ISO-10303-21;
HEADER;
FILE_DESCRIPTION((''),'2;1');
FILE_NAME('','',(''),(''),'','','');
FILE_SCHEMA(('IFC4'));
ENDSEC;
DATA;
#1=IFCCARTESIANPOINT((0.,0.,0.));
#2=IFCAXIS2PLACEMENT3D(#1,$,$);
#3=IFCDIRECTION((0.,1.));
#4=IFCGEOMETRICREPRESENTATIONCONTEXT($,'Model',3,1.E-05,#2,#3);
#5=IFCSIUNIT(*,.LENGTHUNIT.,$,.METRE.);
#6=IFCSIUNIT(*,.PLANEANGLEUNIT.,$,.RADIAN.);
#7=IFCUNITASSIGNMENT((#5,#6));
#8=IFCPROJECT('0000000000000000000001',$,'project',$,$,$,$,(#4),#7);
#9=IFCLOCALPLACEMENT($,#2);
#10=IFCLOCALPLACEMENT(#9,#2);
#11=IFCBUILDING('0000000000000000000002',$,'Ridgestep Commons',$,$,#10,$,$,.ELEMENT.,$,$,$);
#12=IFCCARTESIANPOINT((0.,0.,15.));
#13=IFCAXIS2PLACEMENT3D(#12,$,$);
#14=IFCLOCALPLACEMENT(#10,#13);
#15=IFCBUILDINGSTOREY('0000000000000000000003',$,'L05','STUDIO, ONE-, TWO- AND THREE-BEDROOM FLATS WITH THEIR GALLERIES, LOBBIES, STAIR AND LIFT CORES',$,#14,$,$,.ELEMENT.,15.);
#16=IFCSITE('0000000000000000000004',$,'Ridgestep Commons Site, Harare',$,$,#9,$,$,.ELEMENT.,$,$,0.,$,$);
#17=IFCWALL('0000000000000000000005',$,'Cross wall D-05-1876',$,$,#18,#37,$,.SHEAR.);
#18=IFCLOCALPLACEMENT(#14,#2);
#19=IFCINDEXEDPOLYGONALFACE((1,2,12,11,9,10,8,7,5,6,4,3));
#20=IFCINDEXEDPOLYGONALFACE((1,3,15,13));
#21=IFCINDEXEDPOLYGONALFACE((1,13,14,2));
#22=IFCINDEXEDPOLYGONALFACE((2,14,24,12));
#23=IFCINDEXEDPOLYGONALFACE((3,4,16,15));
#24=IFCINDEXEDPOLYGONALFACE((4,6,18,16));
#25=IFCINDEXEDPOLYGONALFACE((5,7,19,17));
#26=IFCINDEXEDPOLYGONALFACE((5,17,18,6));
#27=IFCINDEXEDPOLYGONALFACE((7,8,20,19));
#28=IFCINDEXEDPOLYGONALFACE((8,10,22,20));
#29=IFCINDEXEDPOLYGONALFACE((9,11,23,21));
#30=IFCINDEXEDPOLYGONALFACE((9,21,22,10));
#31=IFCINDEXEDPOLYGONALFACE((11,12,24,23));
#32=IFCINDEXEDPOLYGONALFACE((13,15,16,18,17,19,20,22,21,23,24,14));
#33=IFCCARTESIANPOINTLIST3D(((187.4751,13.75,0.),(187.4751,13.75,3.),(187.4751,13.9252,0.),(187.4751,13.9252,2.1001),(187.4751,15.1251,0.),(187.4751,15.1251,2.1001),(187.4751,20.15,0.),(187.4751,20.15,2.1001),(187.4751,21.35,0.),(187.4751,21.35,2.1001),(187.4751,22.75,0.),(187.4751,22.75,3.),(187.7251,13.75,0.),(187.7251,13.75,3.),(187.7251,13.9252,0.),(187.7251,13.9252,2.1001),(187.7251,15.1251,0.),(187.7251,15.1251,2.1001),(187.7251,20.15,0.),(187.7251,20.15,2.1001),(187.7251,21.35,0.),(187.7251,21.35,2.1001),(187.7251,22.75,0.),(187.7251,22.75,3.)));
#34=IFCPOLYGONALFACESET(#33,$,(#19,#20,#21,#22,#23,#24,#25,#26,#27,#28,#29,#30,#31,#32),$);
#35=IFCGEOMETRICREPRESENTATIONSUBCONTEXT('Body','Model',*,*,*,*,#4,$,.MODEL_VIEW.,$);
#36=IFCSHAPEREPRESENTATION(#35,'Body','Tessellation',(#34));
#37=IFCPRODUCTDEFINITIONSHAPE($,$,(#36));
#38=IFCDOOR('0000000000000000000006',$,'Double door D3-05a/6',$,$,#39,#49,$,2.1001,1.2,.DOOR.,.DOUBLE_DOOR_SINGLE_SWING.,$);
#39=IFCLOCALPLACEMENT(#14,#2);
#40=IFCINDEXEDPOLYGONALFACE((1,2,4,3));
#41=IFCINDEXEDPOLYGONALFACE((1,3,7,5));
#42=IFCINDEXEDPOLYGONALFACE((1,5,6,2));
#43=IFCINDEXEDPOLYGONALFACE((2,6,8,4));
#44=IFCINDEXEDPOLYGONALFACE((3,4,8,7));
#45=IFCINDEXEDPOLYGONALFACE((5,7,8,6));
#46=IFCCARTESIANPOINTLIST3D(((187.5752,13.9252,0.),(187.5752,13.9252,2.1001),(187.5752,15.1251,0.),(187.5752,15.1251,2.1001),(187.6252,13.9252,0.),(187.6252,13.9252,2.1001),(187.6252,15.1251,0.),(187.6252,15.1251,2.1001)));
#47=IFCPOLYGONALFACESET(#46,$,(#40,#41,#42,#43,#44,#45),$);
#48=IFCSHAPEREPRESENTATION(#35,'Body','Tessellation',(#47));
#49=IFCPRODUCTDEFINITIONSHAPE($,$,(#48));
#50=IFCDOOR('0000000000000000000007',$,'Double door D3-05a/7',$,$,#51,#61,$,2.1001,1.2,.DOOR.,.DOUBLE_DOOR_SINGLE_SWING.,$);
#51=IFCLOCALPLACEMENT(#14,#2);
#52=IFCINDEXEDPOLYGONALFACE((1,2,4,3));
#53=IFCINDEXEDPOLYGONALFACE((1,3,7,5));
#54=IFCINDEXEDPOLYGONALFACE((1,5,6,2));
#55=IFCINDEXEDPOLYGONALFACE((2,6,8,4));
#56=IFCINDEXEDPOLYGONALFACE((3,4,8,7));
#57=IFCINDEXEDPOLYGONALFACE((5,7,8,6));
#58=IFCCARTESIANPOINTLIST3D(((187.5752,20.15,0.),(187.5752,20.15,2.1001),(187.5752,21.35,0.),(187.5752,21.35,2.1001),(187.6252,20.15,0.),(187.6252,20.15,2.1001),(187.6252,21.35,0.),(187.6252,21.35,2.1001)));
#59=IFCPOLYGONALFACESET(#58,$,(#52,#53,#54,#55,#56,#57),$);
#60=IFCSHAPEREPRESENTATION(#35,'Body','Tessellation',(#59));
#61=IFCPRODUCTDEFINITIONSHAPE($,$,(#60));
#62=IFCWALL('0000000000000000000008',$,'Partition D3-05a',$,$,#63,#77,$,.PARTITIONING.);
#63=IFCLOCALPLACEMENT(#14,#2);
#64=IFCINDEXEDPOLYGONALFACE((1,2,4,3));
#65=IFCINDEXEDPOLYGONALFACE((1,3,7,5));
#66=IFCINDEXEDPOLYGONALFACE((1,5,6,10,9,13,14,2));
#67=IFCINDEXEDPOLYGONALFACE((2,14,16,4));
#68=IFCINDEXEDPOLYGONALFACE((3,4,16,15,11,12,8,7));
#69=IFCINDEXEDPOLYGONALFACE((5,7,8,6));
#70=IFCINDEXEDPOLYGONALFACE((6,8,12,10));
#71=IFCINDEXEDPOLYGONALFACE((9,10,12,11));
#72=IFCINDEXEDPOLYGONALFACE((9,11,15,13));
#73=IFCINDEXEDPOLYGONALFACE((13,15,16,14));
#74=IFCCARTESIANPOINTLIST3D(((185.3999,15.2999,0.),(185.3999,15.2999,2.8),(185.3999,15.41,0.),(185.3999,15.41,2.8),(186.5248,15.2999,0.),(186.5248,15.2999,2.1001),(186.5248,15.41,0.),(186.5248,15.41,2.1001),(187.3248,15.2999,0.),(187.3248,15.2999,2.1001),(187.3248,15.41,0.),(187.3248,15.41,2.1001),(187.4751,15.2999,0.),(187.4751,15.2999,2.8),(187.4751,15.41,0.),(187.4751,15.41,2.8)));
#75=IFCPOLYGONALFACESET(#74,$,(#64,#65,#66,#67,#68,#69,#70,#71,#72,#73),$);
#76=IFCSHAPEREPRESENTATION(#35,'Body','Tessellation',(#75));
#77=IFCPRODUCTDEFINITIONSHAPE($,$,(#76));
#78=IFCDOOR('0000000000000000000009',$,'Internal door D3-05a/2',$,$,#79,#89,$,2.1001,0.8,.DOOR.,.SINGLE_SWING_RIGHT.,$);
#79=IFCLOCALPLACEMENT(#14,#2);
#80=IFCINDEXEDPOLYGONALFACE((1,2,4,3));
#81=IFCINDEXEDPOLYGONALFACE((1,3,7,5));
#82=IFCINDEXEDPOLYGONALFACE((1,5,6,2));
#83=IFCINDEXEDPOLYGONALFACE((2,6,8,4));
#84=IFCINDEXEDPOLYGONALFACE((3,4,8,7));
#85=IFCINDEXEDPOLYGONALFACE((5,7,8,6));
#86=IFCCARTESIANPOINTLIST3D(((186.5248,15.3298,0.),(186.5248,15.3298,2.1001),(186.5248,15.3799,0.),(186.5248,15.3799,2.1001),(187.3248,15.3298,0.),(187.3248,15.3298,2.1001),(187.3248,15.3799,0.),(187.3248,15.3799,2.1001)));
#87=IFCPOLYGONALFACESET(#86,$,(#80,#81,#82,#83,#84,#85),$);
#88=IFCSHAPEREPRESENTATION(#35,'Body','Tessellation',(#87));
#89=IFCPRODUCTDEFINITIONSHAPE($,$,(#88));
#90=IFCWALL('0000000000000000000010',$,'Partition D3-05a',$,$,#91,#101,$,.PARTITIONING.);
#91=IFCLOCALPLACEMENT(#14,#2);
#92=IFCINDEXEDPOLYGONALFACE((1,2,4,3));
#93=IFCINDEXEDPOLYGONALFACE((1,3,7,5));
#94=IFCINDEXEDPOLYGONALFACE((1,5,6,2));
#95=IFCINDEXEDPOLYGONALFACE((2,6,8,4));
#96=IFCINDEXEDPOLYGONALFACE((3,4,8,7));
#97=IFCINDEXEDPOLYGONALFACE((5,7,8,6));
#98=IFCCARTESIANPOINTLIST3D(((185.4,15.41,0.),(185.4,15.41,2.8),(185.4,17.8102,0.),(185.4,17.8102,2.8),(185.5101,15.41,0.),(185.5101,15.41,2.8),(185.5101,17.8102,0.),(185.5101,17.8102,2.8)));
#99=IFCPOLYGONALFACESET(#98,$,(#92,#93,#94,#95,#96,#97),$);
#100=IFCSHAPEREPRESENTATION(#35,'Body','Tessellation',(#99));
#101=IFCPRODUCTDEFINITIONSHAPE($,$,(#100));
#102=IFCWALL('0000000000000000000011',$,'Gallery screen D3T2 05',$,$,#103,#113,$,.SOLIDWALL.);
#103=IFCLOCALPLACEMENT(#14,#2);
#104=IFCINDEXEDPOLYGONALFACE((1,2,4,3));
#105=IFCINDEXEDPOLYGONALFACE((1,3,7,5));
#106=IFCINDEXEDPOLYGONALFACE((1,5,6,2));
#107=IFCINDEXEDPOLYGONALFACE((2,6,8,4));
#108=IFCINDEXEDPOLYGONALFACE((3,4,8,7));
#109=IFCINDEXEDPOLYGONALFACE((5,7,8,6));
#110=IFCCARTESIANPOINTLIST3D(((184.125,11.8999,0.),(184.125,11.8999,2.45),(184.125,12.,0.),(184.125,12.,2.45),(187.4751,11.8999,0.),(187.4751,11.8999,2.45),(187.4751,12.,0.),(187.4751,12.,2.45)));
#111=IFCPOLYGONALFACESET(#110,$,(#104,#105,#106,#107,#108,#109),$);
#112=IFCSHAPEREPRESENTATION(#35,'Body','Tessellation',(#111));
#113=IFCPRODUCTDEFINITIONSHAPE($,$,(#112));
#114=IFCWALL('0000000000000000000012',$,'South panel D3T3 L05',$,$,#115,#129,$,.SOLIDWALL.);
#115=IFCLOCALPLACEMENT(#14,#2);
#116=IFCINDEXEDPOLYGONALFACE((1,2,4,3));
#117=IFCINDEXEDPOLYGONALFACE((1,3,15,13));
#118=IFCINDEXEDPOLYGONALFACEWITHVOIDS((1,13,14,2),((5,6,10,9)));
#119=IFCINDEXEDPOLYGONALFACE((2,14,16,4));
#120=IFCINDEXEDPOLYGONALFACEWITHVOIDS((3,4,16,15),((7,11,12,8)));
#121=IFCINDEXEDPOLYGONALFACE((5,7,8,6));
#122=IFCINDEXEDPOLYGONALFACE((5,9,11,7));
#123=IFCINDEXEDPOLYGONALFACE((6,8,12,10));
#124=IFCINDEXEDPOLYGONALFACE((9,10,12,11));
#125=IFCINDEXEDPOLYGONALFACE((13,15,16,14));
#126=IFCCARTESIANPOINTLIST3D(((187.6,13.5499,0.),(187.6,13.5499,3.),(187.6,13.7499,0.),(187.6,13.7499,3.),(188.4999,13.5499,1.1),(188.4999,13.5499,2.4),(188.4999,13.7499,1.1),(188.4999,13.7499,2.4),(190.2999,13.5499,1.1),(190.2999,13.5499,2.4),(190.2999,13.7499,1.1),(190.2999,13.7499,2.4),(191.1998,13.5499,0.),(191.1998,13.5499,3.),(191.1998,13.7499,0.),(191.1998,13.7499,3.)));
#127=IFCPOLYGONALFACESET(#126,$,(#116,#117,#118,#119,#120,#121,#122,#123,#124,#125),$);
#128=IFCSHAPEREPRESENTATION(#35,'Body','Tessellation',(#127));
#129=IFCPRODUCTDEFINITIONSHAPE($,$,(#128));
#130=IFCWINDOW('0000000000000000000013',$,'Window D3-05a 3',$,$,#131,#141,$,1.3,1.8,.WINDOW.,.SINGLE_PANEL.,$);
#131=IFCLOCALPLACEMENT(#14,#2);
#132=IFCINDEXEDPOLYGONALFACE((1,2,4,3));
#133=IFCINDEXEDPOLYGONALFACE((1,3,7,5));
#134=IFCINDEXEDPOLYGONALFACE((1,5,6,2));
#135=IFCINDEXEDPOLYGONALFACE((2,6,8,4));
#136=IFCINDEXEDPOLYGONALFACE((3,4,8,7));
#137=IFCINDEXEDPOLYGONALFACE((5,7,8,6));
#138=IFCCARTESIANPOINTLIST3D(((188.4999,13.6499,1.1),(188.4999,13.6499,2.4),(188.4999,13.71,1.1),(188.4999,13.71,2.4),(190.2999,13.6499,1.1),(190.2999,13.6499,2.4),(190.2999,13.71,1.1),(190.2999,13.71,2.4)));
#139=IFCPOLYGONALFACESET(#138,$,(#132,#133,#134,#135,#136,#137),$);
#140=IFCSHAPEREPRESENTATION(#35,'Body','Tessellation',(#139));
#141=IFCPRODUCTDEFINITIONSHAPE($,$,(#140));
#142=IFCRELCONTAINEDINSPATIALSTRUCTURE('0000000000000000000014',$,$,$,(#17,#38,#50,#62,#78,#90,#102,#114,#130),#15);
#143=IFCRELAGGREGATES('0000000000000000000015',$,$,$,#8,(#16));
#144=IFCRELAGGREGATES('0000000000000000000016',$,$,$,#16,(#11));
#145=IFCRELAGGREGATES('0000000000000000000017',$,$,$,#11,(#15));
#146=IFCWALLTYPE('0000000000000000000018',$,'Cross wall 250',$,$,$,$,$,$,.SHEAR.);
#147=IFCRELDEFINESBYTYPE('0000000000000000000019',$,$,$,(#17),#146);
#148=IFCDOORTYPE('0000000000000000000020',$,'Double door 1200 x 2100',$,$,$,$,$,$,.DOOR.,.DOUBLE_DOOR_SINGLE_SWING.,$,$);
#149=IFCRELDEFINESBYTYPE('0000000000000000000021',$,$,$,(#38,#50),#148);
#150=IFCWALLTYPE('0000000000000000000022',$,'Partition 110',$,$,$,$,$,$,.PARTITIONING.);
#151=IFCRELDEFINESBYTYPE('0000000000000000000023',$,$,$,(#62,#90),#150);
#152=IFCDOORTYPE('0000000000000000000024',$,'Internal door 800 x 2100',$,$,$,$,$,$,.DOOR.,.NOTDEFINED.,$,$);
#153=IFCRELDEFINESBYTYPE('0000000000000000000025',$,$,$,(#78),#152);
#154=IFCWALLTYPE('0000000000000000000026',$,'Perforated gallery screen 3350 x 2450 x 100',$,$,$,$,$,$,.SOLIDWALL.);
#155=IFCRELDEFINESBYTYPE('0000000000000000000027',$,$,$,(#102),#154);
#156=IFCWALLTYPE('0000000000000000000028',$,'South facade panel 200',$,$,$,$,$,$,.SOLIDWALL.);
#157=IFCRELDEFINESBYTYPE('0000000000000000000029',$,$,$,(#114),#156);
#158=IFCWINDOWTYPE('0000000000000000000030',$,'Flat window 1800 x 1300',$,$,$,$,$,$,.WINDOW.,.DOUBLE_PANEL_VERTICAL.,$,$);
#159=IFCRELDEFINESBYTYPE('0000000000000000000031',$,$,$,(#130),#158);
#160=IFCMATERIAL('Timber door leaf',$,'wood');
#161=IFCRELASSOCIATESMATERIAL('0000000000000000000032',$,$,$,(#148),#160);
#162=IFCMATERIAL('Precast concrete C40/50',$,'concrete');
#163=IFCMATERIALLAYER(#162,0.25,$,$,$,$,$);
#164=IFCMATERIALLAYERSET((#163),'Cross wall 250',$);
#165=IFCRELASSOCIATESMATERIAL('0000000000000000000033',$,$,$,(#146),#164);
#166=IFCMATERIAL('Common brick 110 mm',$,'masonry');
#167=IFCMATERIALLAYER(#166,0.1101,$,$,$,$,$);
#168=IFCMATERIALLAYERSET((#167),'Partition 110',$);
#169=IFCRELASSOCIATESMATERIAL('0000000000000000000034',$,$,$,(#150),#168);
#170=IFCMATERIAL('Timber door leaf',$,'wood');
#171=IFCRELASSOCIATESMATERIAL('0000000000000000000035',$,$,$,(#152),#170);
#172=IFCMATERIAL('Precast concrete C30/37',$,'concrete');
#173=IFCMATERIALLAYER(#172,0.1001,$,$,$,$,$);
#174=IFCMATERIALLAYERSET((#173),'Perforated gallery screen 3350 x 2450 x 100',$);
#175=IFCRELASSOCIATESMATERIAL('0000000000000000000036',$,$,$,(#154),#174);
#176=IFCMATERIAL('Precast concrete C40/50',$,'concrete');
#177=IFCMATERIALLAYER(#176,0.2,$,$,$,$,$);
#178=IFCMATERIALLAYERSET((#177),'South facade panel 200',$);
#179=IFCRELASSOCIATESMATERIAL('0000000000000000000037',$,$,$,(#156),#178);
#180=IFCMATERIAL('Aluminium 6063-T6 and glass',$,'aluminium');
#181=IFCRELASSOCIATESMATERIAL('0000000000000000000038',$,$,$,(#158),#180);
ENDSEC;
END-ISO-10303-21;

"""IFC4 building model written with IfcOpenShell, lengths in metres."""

from ifc_helpers import new_model, si_unit, direction, frame, frame_2d, origin, place, context, subcontext, project, spatial, rectangle, extrude, material, layer, layer_set, type_object, element, fill, save


model = new_model("IFC4")

# Units and contexts
model_context = context("Model", 3, precision=1e-05, world=origin(), true_north=direction((0.0, 1.0)))
body_context = subcontext(model_context, "Body", "Model", "MODEL_VIEW")
ifc_project = project(units=[si_unit("LENGTHUNIT", "METRE"), si_unit("PLANEANGLEUNIT", "RADIAN")], contexts=[model_context])

# Site, building, storey
site_placement = place(None, origin())
site = spatial("IfcSite", under=ifc_project, at=site_placement, Name="Ridgestep Commons Site, Harare", CompositionType="ELEMENT", RefElevation=0.0)
building_placement = place(site_placement, origin())
building = spatial("IfcBuilding", under=site, at=building_placement, Name="Ridgestep Commons", CompositionType="ELEMENT")
storey_placement = place(building_placement, frame((0.0, 0.0, 15.0)))
storey = spatial("IfcBuildingStorey", under=building, at=storey_placement, Name="L05", Description="STUDIO, ONE-, TWO- AND THREE-BEDROOM FLATS WITH THEIR GALLERIES, LOBBIES, STAIR AND LIFT CORES", CompositionType="ELEMENT", Elevation=15.0)

# Wall, openings, doors
ifc_material_1 = material(Name="Timber door leaf", Category="wood")
door_type_1 = type_object("IfcDoorType", Name="Double door 1200 x 2100", OperationType="DOUBLE_DOOR_SINGLE_SWING", PredefinedType="DOOR", material=ifc_material_1)
ifc_material_2 = material(Name="Precast concrete C40/50", Category="concrete")
ifc_layer_1 = layer(ifc_material_2, 0.25)
ifc_layer_set_1 = layer_set([ifc_layer_1], Name="Cross wall 250")
wall_type_1 = type_object("IfcWallType", Name="Cross wall 250", PredefinedType="SHEAR", material=ifc_layer_set_1)
wall_1_placement = place(storey_placement, frame((187.6001, 13.75, 0.0), z_axis=(0.0, 0.0, 1.0), x_axis=(0.0, 1.0, 0.0)))
wall_1 = element("IfcWall", 1, at=wall_1_placement, inside=storey, type_object=wall_type_1, Name="Cross wall D-05-1876", PredefinedType="SHEAR", context=body_context, shape_type="SweptSolid", body=[
    extrude(rectangle(XDim=9.0, YDim=0.25, at=frame_2d((4.5, 0.0))), origin(), (0.0, 0.0, 1.0), 3.0),
])
opening_1_placement = place(wall_1_placement, frame((0.175, 0.0, 0.0)))
opening_1 = element("IfcOpeningElement", 2, at=opening_1_placement, cuts=wall_1, PredefinedType="OPENING", context=body_context, shape_type="SweptSolid", body=[
    extrude(rectangle(XDim=1.2, YDim=2.1001, at=frame_2d((0.6001, 1.05))), frame((0.0, 0.135, 0.0), z_axis=(0.0, -1.0, 0.0), x_axis=(1.0, 0.0, 0.0)), (0.0, 0.0, 1.0), 0.27),
])
opening_2_placement = place(wall_1_placement, frame((6.3999, 0.0, 0.0)))
opening_2 = element("IfcOpeningElement", 3, at=opening_2_placement, cuts=wall_1, PredefinedType="OPENING", context=body_context, shape_type="SweptSolid", body=[
    extrude(rectangle(XDim=1.2, YDim=2.1001, at=frame_2d((0.6001, 1.05))), frame((0.0, 0.135, 0.0), z_axis=(0.0, -1.0, 0.0), x_axis=(1.0, 0.0, 0.0)), (0.0, 0.0, 1.0), 0.27),
])
door_1_placement = place(opening_1_placement, origin())
door_1 = element("IfcDoor", 4, at=door_1_placement, inside=storey, type_object=door_type_1, Name="Double door D3-05a/6", OperationType="DOUBLE_DOOR_SINGLE_SWING", OverallHeight=2.1001, OverallWidth=1.2, PredefinedType="DOOR", context=body_context, shape_type="SweptSolid", body=[
    extrude(rectangle(XDim=1.2, YDim=2.1001, at=frame_2d((0.6001, 1.05))), frame((0.0, 0.0249, 0.0), z_axis=(0.0, -1.0, 0.0), x_axis=(1.0, 0.0, 0.0)), (0.0, 0.0, 1.0), 0.05),
])
fill(opening_1, door_1)
door_2_placement = place(opening_2_placement, origin())
door_2 = element("IfcDoor", 5, at=door_2_placement, inside=storey, type_object=door_type_1, Name="Double door D3-05a/7", OperationType="DOUBLE_DOOR_SINGLE_SWING", OverallHeight=2.1001, OverallWidth=1.2, PredefinedType="DOOR", context=body_context, shape_type="SweptSolid", body=[
    extrude(rectangle(XDim=1.2, YDim=2.1001, at=frame_2d((0.6001, 1.05))), frame((0.0, 0.0249, 0.0), z_axis=(0.0, -1.0, 0.0), x_axis=(1.0, 0.0, 0.0)), (0.0, 0.0, 1.0), 0.05),
])
fill(opening_2, door_2)

# Wall, opening, door
ifc_material_3 = material(Name="Common brick 110 mm", Category="masonry")
ifc_layer_2 = layer(ifc_material_3, 0.1101)
ifc_layer_set_2 = layer_set([ifc_layer_2], Name="Partition 110")
wall_type_2 = type_object("IfcWallType", Name="Partition 110", PredefinedType="PARTITIONING", material=ifc_layer_set_2)
wall_2_placement = place(storey_placement, frame((185.3999, 15.355, 0.0), z_axis=(0.0, 0.0, 1.0), x_axis=(1.0, 0.0, 0.0)))
wall_2 = element("IfcWall", 6, at=wall_2_placement, inside=storey, type_object=wall_type_2, Name="Partition D3-05a", PredefinedType="PARTITIONING", context=body_context, shape_type="SweptSolid", body=[
    extrude(rectangle(XDim=2.0752, YDim=0.1101, at=frame_2d((1.0376, 0.0))), origin(), (0.0, 0.0, 1.0), 2.8),
])
opening_3_placement = place(wall_2_placement, frame((1.125, 0.0, 0.0)))
opening_3 = element("IfcOpeningElement", 7, at=opening_3_placement, cuts=wall_2, PredefinedType="OPENING", context=body_context, shape_type="SweptSolid", body=[
    extrude(rectangle(XDim=0.8, YDim=2.1001, at=frame_2d((0.3999, 1.05))), frame((0.0, 0.0649, 0.0), z_axis=(0.0, -1.0, 0.0), x_axis=(1.0, 0.0, 0.0)), (0.0, 0.0, 1.0), 0.1301),
])
ifc_material_4 = material(Name="Timber door leaf", Category="wood")
door_type_2 = type_object("IfcDoorType", Name="Internal door 800 x 2100", OperationType="NOTDEFINED", PredefinedType="DOOR", material=ifc_material_4)
door_3_placement = place(opening_3_placement, origin())
door_3 = element("IfcDoor", 8, at=door_3_placement, inside=storey, type_object=door_type_2, Name="Internal door D3-05a/2", OperationType="SINGLE_SWING_RIGHT", OverallHeight=2.1001, OverallWidth=0.8, PredefinedType="DOOR", context=body_context, shape_type="SweptSolid", body=[
    extrude(rectangle(XDim=0.8, YDim=2.1001, at=frame_2d((0.3999, 1.05))), frame((0.0, 0.0249, 0.0), z_axis=(0.0, -1.0, 0.0), x_axis=(1.0, 0.0, 0.0)), (0.0, 0.0, 1.0), 0.05),
])
fill(opening_3, door_3)

# Walls
wall_3_placement = place(storey_placement, frame((185.4551, 15.4099, 0.0), z_axis=(0.0, 0.0, 1.0), x_axis=(0.0, 1.0, 0.0)))
element("IfcWall", 9, at=wall_3_placement, inside=storey, type_object=wall_type_2, Name="Partition D3-05a", PredefinedType="PARTITIONING", context=body_context, shape_type="SweptSolid", body=[
    extrude(rectangle(XDim=2.4001, YDim=0.1101, at=frame_2d((1.2002, 0.0))), origin(), (0.0, 0.0, 1.0), 2.8),
])
ifc_material_5 = material(Name="Precast concrete C30/37", Category="concrete")
ifc_layer_3 = layer(ifc_material_5, 0.1001)
ifc_layer_set_3 = layer_set([ifc_layer_3], Name="Perforated gallery screen 3350 x 2450 x 100")
wall_type_3 = type_object("IfcWallType", Name="Perforated gallery screen 3350 x 2450 x 100", PredefinedType="SOLIDWALL", material=ifc_layer_set_3)
wall_4_placement = place(storey_placement, frame((184.125, 11.95, 0.0), z_axis=(0.0, 0.0, 1.0), x_axis=(1.0, 0.0, 0.0)))
element("IfcWall", 10, at=wall_4_placement, inside=storey, type_object=wall_type_3, Name="Gallery screen D3T2 05", PredefinedType="SOLIDWALL", context=body_context, shape_type="SweptSolid", body=[
    extrude(rectangle(XDim=3.3501, YDim=0.1001, at=frame_2d((1.675, 0.0))), origin(), (0.0, 0.0, 1.0), 2.45),
])

# Wall, opening, window
ifc_material_6 = material(Name="Precast concrete C40/50", Category="concrete")
ifc_layer_4 = layer(ifc_material_6, 0.2)
ifc_layer_set_4 = layer_set([ifc_layer_4], Name="South facade panel 200")
wall_type_4 = type_object("IfcWallType", Name="South facade panel 200", PredefinedType="SOLIDWALL", material=ifc_layer_set_4)
wall_5_placement = place(storey_placement, frame((187.6001, 13.6499, 0.0), z_axis=(0.0, 0.0, 1.0), x_axis=(1.0, 0.0, 0.0)))
wall_5 = element("IfcWall", 11, at=wall_5_placement, inside=storey, type_object=wall_type_4, Name="South panel D3T3 L05", PredefinedType="SOLIDWALL", context=body_context, shape_type="SweptSolid", body=[
    extrude(rectangle(XDim=3.5999, YDim=0.2, at=frame_2d((1.7998, 0.0))), origin(), (0.0, 0.0, 1.0), 3.0),
])
opening_4_placement = place(wall_5_placement, frame((0.8999, 0.0, 1.1001)))
opening_4 = element("IfcOpeningElement", 12, at=opening_4_placement, cuts=wall_5, PredefinedType="OPENING", context=body_context, shape_type="SweptSolid", body=[
    extrude(rectangle(XDim=1.8, YDim=1.3, at=frame_2d((0.8999, 0.6499))), frame((0.0, 0.1099, 0.0), z_axis=(0.0, -1.0, 0.0), x_axis=(1.0, 0.0, 0.0)), (0.0, 0.0, 1.0), 0.22),
])
ifc_material_7 = material(Name="Aluminium 6063-T6 and glass", Category="aluminium")
window_type = type_object("IfcWindowType", Name="Flat window 1800 x 1300", PartitioningType="DOUBLE_PANEL_VERTICAL", PredefinedType="WINDOW", material=ifc_material_7)
window_placement = place(opening_4_placement, origin())
window = element("IfcWindow", 13, at=window_placement, inside=storey, type_object=window_type, Name="Window D3-05a 3", OverallHeight=1.3, OverallWidth=1.8, PartitioningType="SINGLE_PANEL", PredefinedType="WINDOW", context=body_context, shape_type="SweptSolid", body=[
    extrude(rectangle(XDim=1.8, YDim=1.3, at=frame_2d((0.8999, 0.6499))), frame((0.0, 0.0601, 0.0), z_axis=(0.0, -1.0, 0.0), x_axis=(1.0, 0.0, 0.0)), (0.0, 0.0, 1.0), 0.0601),
])
fill(opening_4, window)

save(model, "model.ifc")
